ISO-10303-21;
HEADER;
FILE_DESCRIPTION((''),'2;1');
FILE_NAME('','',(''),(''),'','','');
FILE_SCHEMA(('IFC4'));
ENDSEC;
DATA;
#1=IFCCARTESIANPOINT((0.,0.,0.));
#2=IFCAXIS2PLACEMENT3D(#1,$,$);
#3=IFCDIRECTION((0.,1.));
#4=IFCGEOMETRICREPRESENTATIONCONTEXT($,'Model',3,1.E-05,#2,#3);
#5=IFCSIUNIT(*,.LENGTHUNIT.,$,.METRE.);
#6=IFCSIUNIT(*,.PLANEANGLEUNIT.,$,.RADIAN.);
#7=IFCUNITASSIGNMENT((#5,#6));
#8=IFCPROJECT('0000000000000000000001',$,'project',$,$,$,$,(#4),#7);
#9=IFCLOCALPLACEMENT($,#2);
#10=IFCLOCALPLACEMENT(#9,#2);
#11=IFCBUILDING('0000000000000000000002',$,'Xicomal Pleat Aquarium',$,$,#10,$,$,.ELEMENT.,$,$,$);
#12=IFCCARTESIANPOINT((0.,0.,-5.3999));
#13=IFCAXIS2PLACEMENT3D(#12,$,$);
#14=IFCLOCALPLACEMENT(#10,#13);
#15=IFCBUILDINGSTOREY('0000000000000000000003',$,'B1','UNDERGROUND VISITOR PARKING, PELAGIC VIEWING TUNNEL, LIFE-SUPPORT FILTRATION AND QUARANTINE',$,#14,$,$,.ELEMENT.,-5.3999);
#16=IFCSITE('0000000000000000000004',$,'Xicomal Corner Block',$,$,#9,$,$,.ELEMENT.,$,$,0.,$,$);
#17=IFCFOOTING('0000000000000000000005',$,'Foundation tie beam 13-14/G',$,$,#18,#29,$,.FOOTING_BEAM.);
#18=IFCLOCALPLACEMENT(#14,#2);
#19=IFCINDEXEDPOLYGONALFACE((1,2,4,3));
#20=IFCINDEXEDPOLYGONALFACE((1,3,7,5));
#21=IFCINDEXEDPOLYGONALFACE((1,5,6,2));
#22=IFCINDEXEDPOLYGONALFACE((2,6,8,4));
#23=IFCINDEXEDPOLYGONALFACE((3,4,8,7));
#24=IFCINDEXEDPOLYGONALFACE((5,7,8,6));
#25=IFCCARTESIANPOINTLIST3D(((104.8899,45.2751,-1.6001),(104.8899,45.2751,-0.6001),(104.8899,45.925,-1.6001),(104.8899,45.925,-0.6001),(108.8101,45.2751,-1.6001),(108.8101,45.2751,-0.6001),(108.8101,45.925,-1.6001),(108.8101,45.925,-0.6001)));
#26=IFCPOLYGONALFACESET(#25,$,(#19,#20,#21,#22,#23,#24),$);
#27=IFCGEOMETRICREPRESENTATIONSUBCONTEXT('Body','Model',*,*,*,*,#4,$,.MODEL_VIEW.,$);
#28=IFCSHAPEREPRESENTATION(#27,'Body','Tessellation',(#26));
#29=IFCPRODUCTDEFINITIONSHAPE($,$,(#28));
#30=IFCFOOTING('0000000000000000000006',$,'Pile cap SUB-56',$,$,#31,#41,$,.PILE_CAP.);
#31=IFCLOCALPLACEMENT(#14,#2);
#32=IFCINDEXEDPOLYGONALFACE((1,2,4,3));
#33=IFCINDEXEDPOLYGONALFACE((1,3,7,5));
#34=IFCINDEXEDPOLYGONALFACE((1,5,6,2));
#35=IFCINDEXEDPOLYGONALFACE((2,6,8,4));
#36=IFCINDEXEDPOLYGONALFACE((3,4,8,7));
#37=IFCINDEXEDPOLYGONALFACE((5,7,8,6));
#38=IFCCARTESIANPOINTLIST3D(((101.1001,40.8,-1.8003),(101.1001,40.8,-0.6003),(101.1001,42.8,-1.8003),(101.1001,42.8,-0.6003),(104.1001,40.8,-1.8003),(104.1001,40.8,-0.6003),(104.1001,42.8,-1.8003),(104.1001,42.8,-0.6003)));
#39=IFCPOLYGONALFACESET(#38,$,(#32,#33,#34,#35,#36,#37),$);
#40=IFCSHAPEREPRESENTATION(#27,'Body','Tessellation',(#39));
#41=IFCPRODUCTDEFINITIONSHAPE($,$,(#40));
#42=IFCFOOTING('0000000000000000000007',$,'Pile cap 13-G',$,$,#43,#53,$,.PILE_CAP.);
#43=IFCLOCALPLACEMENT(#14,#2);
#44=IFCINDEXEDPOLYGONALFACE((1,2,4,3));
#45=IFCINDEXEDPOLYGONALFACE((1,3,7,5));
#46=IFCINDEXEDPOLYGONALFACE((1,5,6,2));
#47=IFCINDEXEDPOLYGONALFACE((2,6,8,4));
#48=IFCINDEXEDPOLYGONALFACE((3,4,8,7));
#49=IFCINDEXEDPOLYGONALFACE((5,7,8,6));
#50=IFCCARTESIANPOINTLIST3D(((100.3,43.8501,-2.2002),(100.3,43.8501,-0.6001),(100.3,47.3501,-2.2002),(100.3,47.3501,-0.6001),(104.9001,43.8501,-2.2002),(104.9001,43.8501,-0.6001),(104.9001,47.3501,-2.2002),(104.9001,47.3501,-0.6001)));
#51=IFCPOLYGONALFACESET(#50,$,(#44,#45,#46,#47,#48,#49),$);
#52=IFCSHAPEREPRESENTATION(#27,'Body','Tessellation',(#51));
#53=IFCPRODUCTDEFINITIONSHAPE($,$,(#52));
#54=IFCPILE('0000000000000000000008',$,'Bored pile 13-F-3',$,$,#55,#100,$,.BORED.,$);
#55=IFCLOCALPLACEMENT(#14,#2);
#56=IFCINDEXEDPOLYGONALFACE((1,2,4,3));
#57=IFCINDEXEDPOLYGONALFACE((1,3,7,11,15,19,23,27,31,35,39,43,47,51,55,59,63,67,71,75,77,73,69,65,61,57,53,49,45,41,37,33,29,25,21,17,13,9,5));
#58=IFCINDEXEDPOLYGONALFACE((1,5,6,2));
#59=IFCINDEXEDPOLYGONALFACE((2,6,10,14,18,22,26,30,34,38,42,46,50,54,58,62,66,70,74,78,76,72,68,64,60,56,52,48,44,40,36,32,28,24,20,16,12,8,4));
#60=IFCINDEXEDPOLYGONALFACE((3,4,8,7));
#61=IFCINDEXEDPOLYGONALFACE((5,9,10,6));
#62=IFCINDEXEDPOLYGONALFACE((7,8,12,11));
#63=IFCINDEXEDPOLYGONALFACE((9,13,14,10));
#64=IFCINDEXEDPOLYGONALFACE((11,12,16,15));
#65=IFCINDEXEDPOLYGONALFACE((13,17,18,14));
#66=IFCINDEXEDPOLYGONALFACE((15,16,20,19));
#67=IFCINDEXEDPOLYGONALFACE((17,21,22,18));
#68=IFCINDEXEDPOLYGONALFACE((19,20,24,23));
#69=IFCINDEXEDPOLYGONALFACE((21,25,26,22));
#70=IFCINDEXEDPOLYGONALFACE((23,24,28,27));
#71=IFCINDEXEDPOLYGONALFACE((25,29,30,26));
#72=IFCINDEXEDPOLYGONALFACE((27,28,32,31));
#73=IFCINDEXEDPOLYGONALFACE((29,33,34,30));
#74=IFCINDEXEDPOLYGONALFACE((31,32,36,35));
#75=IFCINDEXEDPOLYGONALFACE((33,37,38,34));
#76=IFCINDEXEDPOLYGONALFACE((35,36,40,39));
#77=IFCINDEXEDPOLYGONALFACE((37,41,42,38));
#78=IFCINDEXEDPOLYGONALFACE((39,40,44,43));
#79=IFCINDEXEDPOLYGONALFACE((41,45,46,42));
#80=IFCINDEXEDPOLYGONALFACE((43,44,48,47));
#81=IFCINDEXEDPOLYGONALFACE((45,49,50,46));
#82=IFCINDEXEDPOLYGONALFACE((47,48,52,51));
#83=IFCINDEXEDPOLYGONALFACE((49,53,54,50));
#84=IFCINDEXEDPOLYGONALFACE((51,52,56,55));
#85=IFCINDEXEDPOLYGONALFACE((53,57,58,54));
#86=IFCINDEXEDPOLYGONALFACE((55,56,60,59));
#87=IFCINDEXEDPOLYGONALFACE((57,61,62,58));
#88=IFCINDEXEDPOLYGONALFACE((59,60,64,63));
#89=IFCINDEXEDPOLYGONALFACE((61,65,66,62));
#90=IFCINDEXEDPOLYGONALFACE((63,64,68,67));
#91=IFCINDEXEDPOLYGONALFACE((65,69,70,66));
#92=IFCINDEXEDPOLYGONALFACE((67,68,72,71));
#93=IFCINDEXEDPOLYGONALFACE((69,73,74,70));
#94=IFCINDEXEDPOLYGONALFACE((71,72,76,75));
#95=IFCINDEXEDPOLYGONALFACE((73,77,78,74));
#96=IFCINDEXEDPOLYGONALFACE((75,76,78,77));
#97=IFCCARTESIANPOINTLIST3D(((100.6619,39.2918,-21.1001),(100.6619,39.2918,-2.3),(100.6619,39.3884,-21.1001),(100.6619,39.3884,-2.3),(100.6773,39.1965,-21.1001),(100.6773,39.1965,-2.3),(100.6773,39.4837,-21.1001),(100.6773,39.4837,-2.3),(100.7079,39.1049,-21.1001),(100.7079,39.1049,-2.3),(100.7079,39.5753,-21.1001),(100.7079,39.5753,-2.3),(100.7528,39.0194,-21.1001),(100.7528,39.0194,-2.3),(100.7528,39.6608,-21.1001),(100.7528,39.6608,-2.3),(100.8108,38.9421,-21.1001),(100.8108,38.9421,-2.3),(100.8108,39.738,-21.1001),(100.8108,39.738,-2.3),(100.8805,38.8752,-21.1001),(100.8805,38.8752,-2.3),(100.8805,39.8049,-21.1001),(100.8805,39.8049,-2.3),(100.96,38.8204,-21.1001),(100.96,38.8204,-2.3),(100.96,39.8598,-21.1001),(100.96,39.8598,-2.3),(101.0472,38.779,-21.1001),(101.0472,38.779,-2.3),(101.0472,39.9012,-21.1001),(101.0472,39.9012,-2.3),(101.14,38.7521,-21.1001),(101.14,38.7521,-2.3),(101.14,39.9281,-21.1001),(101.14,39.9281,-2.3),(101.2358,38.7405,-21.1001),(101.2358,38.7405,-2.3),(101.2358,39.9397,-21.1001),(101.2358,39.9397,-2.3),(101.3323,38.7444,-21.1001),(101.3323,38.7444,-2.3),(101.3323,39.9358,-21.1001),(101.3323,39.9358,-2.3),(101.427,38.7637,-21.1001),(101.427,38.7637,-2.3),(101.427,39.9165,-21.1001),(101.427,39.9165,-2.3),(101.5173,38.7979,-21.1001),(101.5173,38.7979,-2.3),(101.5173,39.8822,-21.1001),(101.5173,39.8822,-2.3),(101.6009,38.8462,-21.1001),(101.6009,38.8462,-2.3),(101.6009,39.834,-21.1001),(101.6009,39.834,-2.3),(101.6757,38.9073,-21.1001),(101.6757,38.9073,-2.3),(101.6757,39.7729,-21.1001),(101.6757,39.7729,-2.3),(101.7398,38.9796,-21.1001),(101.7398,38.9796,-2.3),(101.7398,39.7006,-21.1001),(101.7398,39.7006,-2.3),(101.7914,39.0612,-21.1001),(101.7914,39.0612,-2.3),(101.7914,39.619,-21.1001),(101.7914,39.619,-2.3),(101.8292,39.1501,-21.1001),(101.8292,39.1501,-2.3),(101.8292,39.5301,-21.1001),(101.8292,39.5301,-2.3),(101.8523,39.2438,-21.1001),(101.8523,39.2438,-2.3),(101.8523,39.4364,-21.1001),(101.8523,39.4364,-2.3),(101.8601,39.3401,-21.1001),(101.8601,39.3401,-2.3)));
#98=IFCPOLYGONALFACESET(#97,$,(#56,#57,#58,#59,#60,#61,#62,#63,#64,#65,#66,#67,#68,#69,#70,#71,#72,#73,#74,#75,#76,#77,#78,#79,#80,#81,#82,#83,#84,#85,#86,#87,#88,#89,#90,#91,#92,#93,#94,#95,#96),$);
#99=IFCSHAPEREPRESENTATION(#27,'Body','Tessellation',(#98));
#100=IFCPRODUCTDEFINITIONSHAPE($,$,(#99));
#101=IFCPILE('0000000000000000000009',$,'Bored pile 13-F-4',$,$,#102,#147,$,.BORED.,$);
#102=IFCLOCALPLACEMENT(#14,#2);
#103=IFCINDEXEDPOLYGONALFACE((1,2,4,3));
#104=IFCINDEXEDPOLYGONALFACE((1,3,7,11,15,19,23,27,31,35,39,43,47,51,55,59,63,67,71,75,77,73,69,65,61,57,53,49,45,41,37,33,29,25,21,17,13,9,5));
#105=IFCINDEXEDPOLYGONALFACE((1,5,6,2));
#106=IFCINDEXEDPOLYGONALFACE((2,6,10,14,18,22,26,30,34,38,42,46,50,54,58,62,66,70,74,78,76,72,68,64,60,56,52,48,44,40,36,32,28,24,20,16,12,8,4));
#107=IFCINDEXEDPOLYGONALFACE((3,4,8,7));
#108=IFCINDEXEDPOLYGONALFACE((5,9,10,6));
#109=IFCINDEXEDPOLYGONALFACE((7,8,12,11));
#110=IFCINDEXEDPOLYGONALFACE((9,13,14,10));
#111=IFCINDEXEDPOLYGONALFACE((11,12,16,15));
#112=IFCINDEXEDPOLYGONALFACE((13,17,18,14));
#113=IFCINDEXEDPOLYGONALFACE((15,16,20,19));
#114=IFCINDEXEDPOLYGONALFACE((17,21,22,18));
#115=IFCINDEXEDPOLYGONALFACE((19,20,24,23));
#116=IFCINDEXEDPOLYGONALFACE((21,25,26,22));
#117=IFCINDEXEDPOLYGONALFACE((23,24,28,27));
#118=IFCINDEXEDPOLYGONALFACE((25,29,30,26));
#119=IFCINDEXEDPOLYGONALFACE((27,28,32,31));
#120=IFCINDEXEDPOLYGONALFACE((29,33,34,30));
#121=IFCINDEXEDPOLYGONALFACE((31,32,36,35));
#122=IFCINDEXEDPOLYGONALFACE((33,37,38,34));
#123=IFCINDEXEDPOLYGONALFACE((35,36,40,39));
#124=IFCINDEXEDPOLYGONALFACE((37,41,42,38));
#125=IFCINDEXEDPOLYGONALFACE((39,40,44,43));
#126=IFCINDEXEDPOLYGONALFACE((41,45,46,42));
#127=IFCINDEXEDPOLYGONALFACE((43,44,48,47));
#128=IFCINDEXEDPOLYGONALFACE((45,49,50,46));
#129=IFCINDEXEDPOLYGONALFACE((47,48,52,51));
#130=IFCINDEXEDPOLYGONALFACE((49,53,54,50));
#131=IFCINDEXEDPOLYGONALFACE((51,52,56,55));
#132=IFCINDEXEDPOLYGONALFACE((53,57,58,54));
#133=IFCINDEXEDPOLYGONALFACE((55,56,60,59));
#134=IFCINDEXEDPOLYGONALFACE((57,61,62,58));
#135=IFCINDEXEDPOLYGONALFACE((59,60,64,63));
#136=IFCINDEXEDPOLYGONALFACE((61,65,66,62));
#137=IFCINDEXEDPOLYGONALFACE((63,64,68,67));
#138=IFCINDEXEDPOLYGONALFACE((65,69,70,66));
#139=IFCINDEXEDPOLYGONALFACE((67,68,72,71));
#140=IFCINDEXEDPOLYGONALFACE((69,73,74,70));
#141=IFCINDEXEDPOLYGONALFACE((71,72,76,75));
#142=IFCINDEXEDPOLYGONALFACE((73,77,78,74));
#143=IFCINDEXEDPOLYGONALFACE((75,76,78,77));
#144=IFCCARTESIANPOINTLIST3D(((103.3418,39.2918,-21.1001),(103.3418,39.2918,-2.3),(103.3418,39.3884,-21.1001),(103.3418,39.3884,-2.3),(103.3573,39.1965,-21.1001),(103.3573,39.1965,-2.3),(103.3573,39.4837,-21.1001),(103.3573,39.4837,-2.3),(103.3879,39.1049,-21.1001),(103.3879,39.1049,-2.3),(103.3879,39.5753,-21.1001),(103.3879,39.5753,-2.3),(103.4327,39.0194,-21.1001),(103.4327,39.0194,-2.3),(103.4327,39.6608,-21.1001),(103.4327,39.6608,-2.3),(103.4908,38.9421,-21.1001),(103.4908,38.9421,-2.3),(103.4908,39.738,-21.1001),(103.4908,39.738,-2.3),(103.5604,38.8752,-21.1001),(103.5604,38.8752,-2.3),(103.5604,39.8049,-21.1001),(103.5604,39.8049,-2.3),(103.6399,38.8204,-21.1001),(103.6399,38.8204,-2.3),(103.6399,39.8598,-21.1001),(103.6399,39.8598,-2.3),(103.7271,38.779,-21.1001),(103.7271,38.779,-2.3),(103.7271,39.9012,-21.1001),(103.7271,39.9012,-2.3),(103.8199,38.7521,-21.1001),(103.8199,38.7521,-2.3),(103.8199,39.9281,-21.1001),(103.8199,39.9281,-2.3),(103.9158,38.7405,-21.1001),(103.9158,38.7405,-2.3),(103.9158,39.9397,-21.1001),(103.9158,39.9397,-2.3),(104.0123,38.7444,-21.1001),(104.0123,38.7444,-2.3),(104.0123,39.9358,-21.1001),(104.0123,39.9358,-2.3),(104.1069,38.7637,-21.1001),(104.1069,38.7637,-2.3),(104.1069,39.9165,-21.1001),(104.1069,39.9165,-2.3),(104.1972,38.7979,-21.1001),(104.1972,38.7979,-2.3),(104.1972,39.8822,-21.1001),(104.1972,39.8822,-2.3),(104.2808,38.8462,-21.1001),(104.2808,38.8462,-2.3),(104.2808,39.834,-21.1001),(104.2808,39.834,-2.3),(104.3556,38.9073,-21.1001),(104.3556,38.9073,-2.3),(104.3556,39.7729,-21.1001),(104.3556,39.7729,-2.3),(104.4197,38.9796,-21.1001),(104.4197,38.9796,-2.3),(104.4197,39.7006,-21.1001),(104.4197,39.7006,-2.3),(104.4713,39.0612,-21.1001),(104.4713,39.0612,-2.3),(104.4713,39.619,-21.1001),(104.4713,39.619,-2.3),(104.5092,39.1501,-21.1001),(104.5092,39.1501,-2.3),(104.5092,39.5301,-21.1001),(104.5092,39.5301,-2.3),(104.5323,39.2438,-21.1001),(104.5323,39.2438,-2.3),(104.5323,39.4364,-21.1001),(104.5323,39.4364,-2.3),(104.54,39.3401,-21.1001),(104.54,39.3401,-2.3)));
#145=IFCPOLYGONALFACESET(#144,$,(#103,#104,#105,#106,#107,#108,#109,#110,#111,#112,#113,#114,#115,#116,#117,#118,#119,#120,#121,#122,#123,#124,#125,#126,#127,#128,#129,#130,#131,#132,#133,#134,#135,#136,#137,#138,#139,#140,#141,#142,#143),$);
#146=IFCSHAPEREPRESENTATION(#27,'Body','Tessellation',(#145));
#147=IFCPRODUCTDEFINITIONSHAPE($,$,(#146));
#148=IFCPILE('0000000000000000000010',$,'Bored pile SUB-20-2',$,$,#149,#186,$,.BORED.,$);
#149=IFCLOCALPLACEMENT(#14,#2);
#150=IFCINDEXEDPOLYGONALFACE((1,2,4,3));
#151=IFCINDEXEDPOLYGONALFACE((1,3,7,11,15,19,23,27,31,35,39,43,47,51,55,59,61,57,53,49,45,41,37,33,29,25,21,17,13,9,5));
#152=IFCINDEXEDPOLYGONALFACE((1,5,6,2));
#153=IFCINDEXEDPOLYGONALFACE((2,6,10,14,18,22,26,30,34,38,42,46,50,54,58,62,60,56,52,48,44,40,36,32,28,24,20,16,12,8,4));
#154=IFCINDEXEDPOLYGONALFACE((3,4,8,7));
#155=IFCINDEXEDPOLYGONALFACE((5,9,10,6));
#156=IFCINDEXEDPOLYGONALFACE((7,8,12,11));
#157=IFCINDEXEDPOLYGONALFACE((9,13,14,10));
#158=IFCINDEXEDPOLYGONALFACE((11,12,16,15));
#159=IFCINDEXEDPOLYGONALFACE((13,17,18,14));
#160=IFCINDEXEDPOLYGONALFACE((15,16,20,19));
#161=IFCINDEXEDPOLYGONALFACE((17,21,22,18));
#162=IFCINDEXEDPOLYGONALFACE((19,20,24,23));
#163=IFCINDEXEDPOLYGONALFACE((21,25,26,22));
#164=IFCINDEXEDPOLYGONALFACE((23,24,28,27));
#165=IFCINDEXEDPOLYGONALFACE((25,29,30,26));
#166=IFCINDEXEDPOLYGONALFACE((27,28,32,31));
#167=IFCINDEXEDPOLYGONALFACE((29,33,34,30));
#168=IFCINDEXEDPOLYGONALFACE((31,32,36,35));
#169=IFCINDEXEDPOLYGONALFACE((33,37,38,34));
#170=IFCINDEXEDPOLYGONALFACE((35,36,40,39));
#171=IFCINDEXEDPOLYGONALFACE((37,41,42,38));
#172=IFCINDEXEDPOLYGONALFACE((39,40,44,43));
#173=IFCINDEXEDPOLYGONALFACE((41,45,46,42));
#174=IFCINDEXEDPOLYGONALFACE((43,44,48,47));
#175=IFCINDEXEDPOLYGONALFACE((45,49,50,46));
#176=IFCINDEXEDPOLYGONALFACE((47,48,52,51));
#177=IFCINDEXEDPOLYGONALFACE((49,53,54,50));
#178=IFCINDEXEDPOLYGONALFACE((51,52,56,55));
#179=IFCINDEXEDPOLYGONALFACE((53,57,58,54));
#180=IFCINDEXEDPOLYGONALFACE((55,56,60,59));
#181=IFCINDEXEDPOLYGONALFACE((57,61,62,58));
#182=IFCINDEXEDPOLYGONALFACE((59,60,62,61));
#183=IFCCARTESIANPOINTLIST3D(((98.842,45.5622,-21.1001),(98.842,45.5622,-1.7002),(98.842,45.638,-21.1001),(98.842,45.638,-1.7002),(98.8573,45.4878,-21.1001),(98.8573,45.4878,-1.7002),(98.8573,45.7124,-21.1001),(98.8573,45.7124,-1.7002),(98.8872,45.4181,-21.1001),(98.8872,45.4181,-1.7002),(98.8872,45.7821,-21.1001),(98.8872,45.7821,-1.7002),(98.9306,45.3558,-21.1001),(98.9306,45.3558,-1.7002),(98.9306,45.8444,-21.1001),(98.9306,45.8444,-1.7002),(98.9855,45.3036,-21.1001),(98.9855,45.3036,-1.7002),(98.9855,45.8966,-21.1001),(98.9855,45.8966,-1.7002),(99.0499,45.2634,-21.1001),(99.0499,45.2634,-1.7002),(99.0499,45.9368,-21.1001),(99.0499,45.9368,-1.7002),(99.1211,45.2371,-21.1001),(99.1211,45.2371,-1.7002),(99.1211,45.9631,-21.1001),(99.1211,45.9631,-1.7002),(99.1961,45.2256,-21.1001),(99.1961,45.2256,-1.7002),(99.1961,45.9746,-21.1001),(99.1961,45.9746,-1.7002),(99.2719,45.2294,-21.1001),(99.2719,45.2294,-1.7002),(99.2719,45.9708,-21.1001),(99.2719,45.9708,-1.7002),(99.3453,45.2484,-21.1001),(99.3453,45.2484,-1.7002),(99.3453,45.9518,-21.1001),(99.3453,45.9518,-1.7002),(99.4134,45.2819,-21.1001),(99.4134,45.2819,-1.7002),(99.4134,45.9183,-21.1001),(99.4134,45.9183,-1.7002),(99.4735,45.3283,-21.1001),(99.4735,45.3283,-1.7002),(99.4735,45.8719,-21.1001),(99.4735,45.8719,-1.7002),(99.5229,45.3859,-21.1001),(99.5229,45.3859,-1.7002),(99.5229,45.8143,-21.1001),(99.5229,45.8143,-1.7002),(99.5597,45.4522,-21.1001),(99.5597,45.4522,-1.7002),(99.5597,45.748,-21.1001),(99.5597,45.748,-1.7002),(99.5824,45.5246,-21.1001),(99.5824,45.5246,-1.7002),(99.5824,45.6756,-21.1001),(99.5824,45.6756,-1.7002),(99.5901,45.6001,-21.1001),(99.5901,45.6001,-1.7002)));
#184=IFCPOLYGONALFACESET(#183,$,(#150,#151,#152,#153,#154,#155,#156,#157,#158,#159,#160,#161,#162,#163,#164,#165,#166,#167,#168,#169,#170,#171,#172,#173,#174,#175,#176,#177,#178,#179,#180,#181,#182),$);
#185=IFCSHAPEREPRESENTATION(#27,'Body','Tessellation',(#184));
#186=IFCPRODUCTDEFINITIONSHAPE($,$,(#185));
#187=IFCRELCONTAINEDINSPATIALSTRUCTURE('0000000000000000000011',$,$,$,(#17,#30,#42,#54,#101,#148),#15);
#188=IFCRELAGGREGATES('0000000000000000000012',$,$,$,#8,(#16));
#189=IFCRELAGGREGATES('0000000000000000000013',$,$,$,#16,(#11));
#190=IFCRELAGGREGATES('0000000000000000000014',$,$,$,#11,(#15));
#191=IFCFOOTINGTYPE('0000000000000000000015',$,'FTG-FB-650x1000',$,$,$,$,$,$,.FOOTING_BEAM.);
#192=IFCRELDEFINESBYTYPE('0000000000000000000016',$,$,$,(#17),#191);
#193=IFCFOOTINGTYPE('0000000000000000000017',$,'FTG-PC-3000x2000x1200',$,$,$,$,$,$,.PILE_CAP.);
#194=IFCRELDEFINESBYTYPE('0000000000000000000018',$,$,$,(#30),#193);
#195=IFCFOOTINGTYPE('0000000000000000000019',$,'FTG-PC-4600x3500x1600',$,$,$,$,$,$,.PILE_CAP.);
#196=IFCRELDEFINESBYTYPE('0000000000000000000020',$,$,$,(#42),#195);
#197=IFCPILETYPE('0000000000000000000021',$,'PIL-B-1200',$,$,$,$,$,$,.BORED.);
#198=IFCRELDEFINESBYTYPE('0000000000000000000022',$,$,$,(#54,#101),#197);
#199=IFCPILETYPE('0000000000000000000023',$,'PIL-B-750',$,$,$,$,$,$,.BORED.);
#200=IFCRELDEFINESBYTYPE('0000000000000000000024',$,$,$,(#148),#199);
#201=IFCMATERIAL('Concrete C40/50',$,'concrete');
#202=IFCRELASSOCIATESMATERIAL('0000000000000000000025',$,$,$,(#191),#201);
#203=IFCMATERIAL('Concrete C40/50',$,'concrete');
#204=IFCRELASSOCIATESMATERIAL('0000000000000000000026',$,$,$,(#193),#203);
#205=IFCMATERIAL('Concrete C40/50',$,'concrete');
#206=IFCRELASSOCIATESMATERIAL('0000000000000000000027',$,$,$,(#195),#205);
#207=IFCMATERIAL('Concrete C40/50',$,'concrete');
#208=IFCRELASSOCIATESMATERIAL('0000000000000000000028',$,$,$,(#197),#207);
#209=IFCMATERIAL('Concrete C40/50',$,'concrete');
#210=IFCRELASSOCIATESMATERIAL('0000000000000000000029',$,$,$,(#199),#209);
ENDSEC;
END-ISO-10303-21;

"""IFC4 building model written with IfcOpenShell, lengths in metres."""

from ifc_helpers import new_model, si_unit, direction, frame, origin, origin_2d, place, context, subcontext, project, spatial, rectangle, circle, extrude, material, material_profile, profile_set, type_object, element, save


model = new_model("IFC4")

# Units and contexts
model_context = context("Model", 3, precision=1e-05, world=origin(), true_north=direction((0.0, 1.0)))
body_context = subcontext(model_context, "Body", "Model", "MODEL_VIEW")
ifc_project = project(units=[si_unit("LENGTHUNIT", "METRE"), si_unit("PLANEANGLEUNIT", "RADIAN")], contexts=[model_context])

# Site, building, storey
site_placement = place(None, origin())
site = spatial("IfcSite", under=ifc_project, at=site_placement, Name="Xicomal Corner Block", CompositionType="ELEMENT", RefElevation=0.0)
building_placement = place(site_placement, origin())
building = spatial("IfcBuilding", under=site, at=building_placement, Name="Xicomal Pleat Aquarium", CompositionType="ELEMENT")
storey_placement = place(building_placement, frame((0.0, 0.0, -5.3999)))
storey = spatial("IfcBuildingStorey", under=building, at=storey_placement, Name="B1", Description="UNDERGROUND VISITOR PARKING, PELAGIC VIEWING TUNNEL, LIFE-SUPPORT FILTRATION AND QUARANTINE", CompositionType="ELEMENT", Elevation=-5.3999)

# Footings
ifc_material_1 = material(Name="Concrete C40/50", Category="concrete")
ifc_material_profile_1 = material_profile(ifc_material_1, rectangle(XDim=0.6499, YDim=1.0, at=origin_2d()), Name="FB-03 650x1000")
ifc_profile_set_1 = profile_set([ifc_material_profile_1], Name="Concrete C40/50")
footing_type_1 = type_object("IfcFootingType", Name="FTG-FB-650x1000", PredefinedType="FOOTING_BEAM", material=ifc_profile_set_1)
footing_1_placement = place(storey_placement, frame((104.8899, 45.6001, -1.1001), z_axis=(1.0, 0.0, 0.0), x_axis=(0.0, 1.0, 0.0)))
element("IfcFooting", 1, at=footing_1_placement, inside=storey, type_object=footing_type_1, Name="Foundation tie beam 13-14/G", PredefinedType="FOOTING_BEAM", context=body_context, shape_type="SweptSolid", body=[
    extrude(rectangle(XDim=0.6499, YDim=1.0, at=origin_2d()), origin(), (0.0, 0.0, 1.0), 3.9202),
])
ifc_material_2 = material(Name="Concrete C40/50", Category="concrete")
footing_type_2 = type_object("IfcFootingType", Name="FTG-PC-3000x2000x1200", PredefinedType="PILE_CAP", material=ifc_material_2)
footing_2_placement = place(storey_placement, frame((102.6001, 41.8, -1.8003), z_axis=(0.0, 0.0, 1.0), x_axis=(1.0, 0.0, 0.0)))
element("IfcFooting", 2, at=footing_2_placement, inside=storey, type_object=footing_type_2, Name="Pile cap SUB-56", PredefinedType="PILE_CAP", context=body_context, shape_type="SweptSolid", body=[
    extrude(rectangle(XDim=3.0, YDim=2.0, at=origin_2d()), origin(), (0.0, 0.0, 1.0), 1.2),
])
ifc_material_3 = material(Name="Concrete C40/50", Category="concrete")
footing_type_3 = type_object("IfcFootingType", Name="FTG-PC-4600x3500x1600", PredefinedType="PILE_CAP", material=ifc_material_3)
footing_3_placement = place(storey_placement, frame((102.6001, 45.6001, -2.2002), z_axis=(0.0, 0.0, 1.0), x_axis=(1.0, 0.0, 0.0)))
element("IfcFooting", 3, at=footing_3_placement, inside=storey, type_object=footing_type_3, Name="Pile cap 13-G", PredefinedType="PILE_CAP", context=body_context, shape_type="SweptSolid", body=[
    extrude(rectangle(XDim=4.6001, YDim=3.5, at=origin_2d()), origin(), (0.0, 0.0, 1.0), 1.6001),
])

# Piles
ifc_material_4 = material(Name="Concrete C40/50", Category="concrete")
ifc_material_profile_2 = material_profile(ifc_material_4, circle(Radius=0.6001, at=origin_2d()), Name="BORED PILE D1200")
ifc_profile_set_2 = profile_set([ifc_material_profile_2], Name="Concrete C40/50")
pile_type_1 = type_object("IfcPileType", Name="PIL-B-1200", PredefinedType="BORED", material=ifc_profile_set_2)
for number, where, z_axis, x_axis, name in (
    (4, (101.26, 39.3401, -2.3), (0.0, 0.0, -1.0), (1.0, 0.0, 0.0), "Bored pile 13-F-3"),
    (5, (103.9399, 39.3401, -2.3), (0.0, 0.0, -1.0), (1.0, 0.0, 0.0), "Bored pile 13-F-4"),
):
    element("IfcPile", number, at=place(storey_placement, frame(where, z_axis=z_axis, x_axis=x_axis)), inside=storey, type_object=pile_type_1, Name=name, PredefinedType="BORED", context=body_context, shape_type="SweptSolid", body=[
        extrude(circle(Radius=0.6001, at=origin_2d()), origin(), (0.0, 0.0, 1.0), 18.8),
    ])
ifc_material_5 = material(Name="Concrete C40/50", Category="concrete")
ifc_material_profile_3 = material_profile(ifc_material_5, circle(Radius=0.375, at=origin_2d()), Name="BORED PILE D750")
ifc_profile_set_3 = profile_set([ifc_material_profile_3], Name="Concrete C40/50")
pile_type_2 = type_object("IfcPileType", Name="PIL-B-750", PredefinedType="BORED", material=ifc_profile_set_3)
for number, where, z_axis, x_axis, name in (
    (6, (99.2151, 45.6001, -1.7002), (0.0, 0.0, -1.0), (1.0, 0.0, 0.0), "Bored pile SUB-20-2"),
):
    element("IfcPile", number, at=place(storey_placement, frame(where, z_axis=z_axis, x_axis=x_axis)), inside=storey, type_object=pile_type_2, Name=name, PredefinedType="BORED", context=body_context, shape_type="SweptSolid", body=[
        extrude(circle(Radius=0.375, at=origin_2d()), origin(), (0.0, 0.0, 1.0), 19.3999),
    ])

save(model, "model.ifc")
